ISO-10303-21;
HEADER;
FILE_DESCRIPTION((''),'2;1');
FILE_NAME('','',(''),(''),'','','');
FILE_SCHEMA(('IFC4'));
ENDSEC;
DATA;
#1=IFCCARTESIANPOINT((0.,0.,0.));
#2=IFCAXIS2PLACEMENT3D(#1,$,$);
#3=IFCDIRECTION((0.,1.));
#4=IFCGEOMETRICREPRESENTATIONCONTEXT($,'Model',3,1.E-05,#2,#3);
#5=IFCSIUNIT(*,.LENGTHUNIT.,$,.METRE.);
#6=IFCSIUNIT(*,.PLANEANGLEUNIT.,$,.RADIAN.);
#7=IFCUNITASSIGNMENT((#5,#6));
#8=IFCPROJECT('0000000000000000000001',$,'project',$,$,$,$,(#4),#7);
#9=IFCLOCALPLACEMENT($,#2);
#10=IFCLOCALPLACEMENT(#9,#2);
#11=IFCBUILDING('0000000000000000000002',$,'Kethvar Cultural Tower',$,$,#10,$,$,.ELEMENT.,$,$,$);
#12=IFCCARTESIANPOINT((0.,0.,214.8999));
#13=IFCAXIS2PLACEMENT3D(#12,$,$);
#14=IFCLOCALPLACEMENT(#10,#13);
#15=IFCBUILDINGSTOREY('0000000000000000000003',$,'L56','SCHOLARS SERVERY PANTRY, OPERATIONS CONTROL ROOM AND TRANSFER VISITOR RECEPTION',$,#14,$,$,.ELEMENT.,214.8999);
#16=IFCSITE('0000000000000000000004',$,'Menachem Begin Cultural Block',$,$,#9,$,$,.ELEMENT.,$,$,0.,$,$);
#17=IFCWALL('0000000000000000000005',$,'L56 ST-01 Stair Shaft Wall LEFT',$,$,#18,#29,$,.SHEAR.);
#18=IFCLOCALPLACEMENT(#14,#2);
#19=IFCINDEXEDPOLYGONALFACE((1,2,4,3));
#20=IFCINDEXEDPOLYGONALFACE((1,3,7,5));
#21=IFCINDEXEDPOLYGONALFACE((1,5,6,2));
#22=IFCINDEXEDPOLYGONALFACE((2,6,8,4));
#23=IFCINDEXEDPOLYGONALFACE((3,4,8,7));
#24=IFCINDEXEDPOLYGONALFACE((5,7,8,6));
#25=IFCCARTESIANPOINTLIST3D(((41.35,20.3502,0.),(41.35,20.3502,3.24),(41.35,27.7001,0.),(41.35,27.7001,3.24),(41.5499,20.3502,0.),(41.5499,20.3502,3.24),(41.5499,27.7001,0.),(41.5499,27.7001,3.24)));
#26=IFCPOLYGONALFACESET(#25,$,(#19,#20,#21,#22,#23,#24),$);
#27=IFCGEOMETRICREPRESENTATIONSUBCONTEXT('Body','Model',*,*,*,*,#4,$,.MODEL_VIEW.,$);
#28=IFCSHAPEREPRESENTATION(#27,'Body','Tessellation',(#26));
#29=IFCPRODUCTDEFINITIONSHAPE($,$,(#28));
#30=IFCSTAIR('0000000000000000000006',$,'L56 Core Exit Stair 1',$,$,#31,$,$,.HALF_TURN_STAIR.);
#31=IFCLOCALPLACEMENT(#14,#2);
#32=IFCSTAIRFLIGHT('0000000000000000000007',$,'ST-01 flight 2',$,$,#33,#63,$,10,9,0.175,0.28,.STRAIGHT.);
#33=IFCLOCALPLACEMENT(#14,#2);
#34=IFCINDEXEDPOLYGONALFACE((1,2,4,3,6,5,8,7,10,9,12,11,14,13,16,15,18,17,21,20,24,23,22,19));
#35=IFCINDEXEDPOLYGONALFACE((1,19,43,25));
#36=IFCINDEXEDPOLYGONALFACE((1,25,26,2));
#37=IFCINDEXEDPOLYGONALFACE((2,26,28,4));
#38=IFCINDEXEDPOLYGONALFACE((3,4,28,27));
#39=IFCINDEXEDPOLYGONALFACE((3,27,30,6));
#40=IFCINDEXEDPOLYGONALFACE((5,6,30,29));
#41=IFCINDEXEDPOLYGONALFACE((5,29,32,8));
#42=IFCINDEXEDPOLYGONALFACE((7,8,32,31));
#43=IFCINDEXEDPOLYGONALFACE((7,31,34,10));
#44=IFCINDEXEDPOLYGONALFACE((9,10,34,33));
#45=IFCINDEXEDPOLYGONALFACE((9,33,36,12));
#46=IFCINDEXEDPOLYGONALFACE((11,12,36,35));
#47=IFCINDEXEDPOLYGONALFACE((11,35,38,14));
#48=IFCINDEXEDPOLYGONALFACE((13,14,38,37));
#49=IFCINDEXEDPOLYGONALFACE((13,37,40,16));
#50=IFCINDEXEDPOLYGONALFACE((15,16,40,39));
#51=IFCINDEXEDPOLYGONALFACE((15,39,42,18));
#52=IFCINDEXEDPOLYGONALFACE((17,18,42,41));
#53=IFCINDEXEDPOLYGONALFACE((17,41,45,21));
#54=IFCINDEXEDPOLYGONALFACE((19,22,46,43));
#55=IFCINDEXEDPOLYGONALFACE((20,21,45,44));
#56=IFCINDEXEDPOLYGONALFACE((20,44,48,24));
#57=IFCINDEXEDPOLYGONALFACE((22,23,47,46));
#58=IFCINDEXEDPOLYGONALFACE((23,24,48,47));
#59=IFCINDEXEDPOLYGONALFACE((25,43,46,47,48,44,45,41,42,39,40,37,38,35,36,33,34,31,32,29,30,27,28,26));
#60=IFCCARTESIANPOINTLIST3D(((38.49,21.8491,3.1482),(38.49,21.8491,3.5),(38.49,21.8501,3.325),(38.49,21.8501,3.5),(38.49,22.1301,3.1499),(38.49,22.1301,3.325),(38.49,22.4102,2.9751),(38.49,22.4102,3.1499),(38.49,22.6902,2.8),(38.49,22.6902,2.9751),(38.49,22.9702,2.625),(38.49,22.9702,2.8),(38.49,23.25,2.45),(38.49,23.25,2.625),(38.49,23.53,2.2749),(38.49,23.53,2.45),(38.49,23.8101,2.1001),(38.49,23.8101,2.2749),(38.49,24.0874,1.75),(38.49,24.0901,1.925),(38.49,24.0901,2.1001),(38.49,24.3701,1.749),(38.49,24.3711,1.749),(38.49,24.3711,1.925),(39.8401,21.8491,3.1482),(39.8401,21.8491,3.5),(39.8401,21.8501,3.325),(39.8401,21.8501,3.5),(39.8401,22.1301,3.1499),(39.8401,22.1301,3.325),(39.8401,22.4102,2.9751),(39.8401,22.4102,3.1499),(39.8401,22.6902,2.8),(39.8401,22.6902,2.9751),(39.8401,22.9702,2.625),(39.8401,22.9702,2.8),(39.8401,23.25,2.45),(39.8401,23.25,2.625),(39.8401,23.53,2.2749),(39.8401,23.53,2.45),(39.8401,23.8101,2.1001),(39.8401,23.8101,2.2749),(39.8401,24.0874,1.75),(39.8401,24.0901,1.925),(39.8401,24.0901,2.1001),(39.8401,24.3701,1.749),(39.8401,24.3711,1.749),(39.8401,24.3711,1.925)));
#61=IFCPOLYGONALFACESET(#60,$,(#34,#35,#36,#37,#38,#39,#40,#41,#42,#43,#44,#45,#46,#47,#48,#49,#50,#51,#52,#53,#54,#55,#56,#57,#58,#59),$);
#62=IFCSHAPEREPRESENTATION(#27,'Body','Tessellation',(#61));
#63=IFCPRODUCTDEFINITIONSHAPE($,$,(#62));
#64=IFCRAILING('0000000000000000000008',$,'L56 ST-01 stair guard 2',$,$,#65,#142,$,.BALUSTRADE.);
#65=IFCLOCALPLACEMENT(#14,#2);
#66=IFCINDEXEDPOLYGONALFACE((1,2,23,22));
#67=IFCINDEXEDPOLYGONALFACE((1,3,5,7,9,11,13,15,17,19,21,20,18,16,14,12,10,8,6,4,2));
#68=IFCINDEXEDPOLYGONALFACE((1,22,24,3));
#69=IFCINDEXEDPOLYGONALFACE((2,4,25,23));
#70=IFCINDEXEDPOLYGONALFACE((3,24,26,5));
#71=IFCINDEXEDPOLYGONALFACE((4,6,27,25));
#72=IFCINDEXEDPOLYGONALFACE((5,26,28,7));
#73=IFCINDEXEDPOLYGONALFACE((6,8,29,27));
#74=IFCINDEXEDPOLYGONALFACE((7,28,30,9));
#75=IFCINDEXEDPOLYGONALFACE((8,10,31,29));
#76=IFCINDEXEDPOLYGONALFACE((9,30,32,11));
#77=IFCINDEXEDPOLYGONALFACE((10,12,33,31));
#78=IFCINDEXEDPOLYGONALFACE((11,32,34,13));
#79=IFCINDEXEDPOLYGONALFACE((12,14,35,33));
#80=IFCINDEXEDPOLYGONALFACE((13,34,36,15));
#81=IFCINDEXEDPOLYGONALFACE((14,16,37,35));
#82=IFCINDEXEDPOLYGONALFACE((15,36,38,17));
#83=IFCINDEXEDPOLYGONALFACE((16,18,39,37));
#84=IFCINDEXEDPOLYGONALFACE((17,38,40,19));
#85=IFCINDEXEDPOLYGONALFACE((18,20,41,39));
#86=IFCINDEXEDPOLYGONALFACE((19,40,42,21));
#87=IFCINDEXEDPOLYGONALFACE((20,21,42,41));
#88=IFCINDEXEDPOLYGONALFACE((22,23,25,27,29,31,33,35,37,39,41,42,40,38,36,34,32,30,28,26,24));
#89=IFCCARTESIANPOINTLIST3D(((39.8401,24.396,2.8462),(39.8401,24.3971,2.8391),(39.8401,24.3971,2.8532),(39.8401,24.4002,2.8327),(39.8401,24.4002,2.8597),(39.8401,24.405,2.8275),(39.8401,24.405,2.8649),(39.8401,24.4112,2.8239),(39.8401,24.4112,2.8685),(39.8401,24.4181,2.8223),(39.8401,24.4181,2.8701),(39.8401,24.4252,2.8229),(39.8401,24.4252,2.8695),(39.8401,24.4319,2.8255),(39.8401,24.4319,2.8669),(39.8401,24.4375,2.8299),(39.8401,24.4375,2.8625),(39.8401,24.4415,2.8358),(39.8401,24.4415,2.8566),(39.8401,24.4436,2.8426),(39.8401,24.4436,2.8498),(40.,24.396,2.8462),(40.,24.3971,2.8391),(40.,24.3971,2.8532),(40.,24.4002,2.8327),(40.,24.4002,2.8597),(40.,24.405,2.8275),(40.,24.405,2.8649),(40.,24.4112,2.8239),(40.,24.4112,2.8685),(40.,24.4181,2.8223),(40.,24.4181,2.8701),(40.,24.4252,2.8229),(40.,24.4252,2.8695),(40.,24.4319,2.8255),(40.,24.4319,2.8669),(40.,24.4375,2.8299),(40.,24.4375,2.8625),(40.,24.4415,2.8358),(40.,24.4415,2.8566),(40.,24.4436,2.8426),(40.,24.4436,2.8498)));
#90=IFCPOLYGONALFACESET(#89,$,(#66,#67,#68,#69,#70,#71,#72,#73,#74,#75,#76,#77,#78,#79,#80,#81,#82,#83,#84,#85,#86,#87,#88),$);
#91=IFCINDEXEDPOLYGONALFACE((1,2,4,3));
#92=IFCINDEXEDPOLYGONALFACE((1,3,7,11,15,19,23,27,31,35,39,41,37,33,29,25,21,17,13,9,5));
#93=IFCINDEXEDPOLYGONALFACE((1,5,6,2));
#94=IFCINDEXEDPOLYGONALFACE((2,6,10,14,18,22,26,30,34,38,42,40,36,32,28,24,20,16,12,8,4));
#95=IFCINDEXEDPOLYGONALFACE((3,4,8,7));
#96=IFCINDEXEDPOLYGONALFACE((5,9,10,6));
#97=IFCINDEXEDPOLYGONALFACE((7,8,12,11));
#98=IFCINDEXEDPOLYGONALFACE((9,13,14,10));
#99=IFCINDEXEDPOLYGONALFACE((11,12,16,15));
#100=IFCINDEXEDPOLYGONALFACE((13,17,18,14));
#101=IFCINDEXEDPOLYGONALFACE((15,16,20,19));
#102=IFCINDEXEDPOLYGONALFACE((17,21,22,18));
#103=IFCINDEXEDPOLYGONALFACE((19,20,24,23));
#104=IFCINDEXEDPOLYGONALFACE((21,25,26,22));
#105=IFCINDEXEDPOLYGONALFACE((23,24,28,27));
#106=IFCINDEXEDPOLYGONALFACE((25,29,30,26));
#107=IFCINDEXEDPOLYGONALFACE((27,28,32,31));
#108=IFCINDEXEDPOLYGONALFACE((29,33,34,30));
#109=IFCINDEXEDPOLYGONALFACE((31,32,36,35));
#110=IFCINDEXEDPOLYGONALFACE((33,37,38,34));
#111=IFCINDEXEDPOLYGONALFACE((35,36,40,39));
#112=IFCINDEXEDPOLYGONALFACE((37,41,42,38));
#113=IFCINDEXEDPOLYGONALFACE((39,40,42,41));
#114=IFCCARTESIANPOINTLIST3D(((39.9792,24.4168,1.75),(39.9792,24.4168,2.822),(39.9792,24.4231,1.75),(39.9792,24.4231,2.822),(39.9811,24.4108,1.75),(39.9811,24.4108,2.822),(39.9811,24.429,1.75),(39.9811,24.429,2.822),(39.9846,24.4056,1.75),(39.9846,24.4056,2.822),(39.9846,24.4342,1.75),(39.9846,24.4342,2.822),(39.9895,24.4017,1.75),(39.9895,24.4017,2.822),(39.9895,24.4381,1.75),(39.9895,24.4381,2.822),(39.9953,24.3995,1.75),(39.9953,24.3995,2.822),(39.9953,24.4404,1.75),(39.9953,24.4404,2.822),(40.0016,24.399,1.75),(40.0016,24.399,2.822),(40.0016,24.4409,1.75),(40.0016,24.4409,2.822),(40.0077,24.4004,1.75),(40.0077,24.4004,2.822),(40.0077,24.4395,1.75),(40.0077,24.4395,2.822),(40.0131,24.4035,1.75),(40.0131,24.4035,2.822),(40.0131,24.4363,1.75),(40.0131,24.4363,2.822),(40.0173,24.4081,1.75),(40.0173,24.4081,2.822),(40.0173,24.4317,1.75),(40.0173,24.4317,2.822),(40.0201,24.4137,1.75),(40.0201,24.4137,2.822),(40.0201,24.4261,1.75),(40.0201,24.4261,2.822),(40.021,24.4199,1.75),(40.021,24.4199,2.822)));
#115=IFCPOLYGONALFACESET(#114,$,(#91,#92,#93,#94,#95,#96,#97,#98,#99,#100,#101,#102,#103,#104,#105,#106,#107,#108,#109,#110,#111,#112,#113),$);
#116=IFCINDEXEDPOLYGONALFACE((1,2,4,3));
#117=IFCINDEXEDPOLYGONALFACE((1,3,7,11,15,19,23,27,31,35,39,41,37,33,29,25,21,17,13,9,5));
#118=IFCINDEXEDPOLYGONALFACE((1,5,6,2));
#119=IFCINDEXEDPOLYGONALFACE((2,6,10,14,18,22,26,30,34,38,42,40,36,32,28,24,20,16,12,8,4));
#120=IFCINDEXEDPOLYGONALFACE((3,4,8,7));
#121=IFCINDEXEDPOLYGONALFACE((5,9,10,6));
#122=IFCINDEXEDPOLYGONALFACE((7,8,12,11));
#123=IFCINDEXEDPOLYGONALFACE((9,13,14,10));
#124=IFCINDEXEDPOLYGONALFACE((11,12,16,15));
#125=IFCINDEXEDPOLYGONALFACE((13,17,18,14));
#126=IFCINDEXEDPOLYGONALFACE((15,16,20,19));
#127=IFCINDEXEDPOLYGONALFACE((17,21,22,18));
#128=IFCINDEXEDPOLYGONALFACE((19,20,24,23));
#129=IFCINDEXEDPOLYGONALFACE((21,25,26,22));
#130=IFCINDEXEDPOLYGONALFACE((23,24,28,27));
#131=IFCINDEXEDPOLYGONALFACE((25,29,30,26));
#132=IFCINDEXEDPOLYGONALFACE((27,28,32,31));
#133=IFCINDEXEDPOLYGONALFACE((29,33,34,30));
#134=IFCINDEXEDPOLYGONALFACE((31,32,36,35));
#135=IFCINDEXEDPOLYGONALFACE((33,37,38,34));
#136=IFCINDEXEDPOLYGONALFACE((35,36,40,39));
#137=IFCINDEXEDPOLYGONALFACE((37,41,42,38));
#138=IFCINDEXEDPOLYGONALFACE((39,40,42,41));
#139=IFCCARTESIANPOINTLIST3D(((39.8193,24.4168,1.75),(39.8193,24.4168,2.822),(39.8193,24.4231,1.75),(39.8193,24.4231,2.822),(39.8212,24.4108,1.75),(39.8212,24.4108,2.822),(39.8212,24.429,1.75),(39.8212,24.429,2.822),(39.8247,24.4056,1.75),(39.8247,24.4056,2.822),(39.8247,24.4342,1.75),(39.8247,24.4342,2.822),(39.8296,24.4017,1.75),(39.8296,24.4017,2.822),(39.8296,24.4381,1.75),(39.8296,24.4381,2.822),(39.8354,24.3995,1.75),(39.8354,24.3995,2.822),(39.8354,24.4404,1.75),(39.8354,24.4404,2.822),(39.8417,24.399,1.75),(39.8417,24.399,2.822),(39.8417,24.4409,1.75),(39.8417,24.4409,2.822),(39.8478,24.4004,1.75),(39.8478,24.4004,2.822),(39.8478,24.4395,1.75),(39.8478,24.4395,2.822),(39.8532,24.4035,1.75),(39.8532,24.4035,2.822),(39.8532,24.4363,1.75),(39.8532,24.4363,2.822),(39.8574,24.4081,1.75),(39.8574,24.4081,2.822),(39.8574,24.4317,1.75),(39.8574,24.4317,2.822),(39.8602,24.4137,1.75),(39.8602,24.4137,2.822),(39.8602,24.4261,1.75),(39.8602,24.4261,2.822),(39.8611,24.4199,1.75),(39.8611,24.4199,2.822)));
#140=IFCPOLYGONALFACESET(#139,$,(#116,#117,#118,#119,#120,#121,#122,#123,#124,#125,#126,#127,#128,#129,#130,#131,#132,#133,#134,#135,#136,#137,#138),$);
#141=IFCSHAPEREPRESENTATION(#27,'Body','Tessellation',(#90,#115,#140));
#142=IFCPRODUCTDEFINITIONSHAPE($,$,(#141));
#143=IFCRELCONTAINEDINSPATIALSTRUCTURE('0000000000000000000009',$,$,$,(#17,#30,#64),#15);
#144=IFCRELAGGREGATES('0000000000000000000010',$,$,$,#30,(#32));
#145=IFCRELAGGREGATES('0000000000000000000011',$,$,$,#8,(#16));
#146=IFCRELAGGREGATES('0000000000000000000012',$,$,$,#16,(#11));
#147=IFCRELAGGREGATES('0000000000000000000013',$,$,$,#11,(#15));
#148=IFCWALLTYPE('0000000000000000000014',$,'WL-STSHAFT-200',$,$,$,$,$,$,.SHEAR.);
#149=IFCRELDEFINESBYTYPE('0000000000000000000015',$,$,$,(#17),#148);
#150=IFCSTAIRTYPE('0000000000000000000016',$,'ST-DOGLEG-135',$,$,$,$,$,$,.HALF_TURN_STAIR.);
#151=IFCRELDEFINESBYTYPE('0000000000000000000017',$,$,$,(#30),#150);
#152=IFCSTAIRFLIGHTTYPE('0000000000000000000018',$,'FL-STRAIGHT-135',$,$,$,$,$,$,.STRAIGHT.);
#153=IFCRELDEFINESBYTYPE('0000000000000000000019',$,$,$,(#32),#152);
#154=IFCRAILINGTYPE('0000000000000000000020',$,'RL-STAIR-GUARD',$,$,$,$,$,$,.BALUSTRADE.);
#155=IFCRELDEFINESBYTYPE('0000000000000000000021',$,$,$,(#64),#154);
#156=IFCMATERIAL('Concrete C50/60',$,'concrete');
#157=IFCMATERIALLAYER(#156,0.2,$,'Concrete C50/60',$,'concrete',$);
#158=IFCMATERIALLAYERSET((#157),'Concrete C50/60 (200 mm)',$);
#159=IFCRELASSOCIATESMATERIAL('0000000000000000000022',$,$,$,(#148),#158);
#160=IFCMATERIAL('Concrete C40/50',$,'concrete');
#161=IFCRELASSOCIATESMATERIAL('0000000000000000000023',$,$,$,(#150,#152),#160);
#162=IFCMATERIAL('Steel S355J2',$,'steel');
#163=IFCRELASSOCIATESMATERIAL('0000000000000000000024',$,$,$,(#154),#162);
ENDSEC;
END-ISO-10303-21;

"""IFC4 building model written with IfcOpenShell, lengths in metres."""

from ifc_helpers import new_model, si_unit, direction, frame, frame_2d, origin, origin_2d, place, context, subcontext, project, spatial, polyline, rectangle, circle, outline, extrude, material, layer, layer_set, type_object, element, aggregate, save


model = new_model("IFC4")

# Units and contexts
model_context = context("Model", 3, precision=1e-05, world=origin(), true_north=direction((0.0, 1.0)))
body_context = subcontext(model_context, "Body", "Model", "MODEL_VIEW")
ifc_project = project(units=[si_unit("LENGTHUNIT", "METRE"), si_unit("PLANEANGLEUNIT", "RADIAN")], contexts=[model_context])

# Site, building, storey
site_placement = place(None, origin())
site = spatial("IfcSite", under=ifc_project, at=site_placement, Name="Menachem Begin Cultural Block", CompositionType="ELEMENT", RefElevation=0.0)
building_placement = place(site_placement, origin())
building = spatial("IfcBuilding", under=site, at=building_placement, Name="Kethvar Cultural Tower", CompositionType="ELEMENT")
storey_placement = place(building_placement, frame((0.0, 0.0, 214.8999)))
storey = spatial("IfcBuildingStorey", under=building, at=storey_placement, Name="L56", Description="SCHOLARS SERVERY PANTRY, OPERATIONS CONTROL ROOM AND TRANSFER VISITOR RECEPTION", CompositionType="ELEMENT", Elevation=214.8999)

# Shared definitions
ifc_material_1 = material(Name="Steel S355J2", Category="steel")

# Shared definitions
ifc_material_2 = material(Name="Concrete C40/50", Category="concrete")

# Shared definitions
ifc_material_3 = material(Name="Concrete C50/60", Category="concrete")

# Wall
ifc_layer_1 = layer(ifc_material_3, 0.2, Name="Concrete C50/60", Category="concrete")
ifc_layer_set_1 = layer_set([ifc_layer_1], Name="Concrete C50/60 (200 mm)")
wall_type_1 = type_object("IfcWallType", Name="WL-STSHAFT-200", PredefinedType="SHEAR", material=ifc_layer_set_1)
wall_1_placement = place(storey_placement, frame((41.45, 27.7, 0.0), z_axis=(0.0, 0.0, 1.0), x_axis=(0.0, -1.0, 0.0)))
element("IfcWall", 1, at=wall_1_placement, inside=storey, type_object=wall_type_1, Name="L56 ST-01 Stair Shaft Wall LEFT", PredefinedType="SHEAR", context=body_context, shape_type="SweptSolid", body=[
    extrude(rectangle(XDim=7.3499, YDim=0.2, at=frame_2d((3.6748, 0.0))), origin(), (0.0, 0.0, 1.0), 3.24),
])

# Stair, stair flight
stair_type = type_object("IfcStairType", Name="ST-DOGLEG-135", PredefinedType="HALF_TURN_STAIR", material=ifc_material_2)
stair_placement = place(storey_placement, origin())
stair = element("IfcStair", 2, at=stair_placement, inside=storey, type_object=stair_type, Name="L56 Core Exit Stair 1", PredefinedType="HALF_TURN_STAIR")
stair_flight_type = type_object("IfcStairFlightType", Name="FL-STRAIGHT-135", PredefinedType="STRAIGHT", material=ifc_material_2)
stair_flight_placement = place(storey_placement, frame((39.165, 24.3701, 1.75), z_axis=(0.0, 0.0, 1.0), x_axis=(0.0, -1.0, 0.0)))
stair_flight = element("IfcStairFlight", 3, at=stair_flight_placement, type_object=stair_flight_type, Name="ST-01 flight 2", NumberOfRisers=10, NumberOfTreads=9, PredefinedType="STRAIGHT", RiserHeight=0.175, TreadLength=0.28, context=body_context, shape_type="SweptSolid", body=[
    extrude(outline(polyline([(-0.001, -0.001), (-0.001, 0.175), (0.28, 0.175), (0.28, 0.3501), (0.5601, 0.3501), (0.5601, 0.5249), (0.8401, 0.5249), (0.8401, 0.7), (1.1201, 0.7), (1.1201, 0.875), (1.3999, 0.875), (1.3999, 1.05), (1.6799, 1.05), (1.6799, 1.2251), (1.96, 1.2251), (1.96, 1.3999), (2.24, 1.3999), (2.24, 1.575), (2.52, 1.575), (2.52, 1.75), (2.521, 1.75), (2.521, 1.3982), (0.2827, 0.0), (0.0, -0.001), (-0.001, -0.001)])), frame((0.0, 0.675, 0.0), z_axis=(0.0, -1.0, 0.0), x_axis=(1.0, 0.0, 0.0)), (0.0, 0.0, 1.0), 1.3501),
])
aggregate(stair, [stair_flight])

# Railing
railing_type_1 = type_object("IfcRailingType", Name="RL-STAIR-GUARD", PredefinedType="BALUSTRADE", material=ifc_material_1)
railing_1_placement = place(storey_placement, frame((40.0, 24.4199, 1.75)))
element("IfcRailing", 4, at=railing_1_placement, inside=storey, type_object=railing_type_1, Name="L56 ST-01 stair guard 2", PredefinedType="BALUSTRADE", context=body_context, shape_type="SweptSolid", body=[
    extrude(circle(Radius=0.0239, at=origin_2d()), frame((0.0, 0.0, 1.0962), z_axis=(-1.0, 0.0, 0.0), x_axis=(0.0, -1.0, 0.0)), (0.0, 0.0, 1.0), 0.1599),
    extrude(circle(Radius=0.021, at=origin_2d()), origin(), (0.0, 0.0, 1.0), 1.072),
    extrude(circle(Radius=0.021, at=origin_2d()), frame((-0.1599, 0.0, 0.0)), (0.0, 0.0, 1.0), 1.072),
])

save(model, "model.ifc")
